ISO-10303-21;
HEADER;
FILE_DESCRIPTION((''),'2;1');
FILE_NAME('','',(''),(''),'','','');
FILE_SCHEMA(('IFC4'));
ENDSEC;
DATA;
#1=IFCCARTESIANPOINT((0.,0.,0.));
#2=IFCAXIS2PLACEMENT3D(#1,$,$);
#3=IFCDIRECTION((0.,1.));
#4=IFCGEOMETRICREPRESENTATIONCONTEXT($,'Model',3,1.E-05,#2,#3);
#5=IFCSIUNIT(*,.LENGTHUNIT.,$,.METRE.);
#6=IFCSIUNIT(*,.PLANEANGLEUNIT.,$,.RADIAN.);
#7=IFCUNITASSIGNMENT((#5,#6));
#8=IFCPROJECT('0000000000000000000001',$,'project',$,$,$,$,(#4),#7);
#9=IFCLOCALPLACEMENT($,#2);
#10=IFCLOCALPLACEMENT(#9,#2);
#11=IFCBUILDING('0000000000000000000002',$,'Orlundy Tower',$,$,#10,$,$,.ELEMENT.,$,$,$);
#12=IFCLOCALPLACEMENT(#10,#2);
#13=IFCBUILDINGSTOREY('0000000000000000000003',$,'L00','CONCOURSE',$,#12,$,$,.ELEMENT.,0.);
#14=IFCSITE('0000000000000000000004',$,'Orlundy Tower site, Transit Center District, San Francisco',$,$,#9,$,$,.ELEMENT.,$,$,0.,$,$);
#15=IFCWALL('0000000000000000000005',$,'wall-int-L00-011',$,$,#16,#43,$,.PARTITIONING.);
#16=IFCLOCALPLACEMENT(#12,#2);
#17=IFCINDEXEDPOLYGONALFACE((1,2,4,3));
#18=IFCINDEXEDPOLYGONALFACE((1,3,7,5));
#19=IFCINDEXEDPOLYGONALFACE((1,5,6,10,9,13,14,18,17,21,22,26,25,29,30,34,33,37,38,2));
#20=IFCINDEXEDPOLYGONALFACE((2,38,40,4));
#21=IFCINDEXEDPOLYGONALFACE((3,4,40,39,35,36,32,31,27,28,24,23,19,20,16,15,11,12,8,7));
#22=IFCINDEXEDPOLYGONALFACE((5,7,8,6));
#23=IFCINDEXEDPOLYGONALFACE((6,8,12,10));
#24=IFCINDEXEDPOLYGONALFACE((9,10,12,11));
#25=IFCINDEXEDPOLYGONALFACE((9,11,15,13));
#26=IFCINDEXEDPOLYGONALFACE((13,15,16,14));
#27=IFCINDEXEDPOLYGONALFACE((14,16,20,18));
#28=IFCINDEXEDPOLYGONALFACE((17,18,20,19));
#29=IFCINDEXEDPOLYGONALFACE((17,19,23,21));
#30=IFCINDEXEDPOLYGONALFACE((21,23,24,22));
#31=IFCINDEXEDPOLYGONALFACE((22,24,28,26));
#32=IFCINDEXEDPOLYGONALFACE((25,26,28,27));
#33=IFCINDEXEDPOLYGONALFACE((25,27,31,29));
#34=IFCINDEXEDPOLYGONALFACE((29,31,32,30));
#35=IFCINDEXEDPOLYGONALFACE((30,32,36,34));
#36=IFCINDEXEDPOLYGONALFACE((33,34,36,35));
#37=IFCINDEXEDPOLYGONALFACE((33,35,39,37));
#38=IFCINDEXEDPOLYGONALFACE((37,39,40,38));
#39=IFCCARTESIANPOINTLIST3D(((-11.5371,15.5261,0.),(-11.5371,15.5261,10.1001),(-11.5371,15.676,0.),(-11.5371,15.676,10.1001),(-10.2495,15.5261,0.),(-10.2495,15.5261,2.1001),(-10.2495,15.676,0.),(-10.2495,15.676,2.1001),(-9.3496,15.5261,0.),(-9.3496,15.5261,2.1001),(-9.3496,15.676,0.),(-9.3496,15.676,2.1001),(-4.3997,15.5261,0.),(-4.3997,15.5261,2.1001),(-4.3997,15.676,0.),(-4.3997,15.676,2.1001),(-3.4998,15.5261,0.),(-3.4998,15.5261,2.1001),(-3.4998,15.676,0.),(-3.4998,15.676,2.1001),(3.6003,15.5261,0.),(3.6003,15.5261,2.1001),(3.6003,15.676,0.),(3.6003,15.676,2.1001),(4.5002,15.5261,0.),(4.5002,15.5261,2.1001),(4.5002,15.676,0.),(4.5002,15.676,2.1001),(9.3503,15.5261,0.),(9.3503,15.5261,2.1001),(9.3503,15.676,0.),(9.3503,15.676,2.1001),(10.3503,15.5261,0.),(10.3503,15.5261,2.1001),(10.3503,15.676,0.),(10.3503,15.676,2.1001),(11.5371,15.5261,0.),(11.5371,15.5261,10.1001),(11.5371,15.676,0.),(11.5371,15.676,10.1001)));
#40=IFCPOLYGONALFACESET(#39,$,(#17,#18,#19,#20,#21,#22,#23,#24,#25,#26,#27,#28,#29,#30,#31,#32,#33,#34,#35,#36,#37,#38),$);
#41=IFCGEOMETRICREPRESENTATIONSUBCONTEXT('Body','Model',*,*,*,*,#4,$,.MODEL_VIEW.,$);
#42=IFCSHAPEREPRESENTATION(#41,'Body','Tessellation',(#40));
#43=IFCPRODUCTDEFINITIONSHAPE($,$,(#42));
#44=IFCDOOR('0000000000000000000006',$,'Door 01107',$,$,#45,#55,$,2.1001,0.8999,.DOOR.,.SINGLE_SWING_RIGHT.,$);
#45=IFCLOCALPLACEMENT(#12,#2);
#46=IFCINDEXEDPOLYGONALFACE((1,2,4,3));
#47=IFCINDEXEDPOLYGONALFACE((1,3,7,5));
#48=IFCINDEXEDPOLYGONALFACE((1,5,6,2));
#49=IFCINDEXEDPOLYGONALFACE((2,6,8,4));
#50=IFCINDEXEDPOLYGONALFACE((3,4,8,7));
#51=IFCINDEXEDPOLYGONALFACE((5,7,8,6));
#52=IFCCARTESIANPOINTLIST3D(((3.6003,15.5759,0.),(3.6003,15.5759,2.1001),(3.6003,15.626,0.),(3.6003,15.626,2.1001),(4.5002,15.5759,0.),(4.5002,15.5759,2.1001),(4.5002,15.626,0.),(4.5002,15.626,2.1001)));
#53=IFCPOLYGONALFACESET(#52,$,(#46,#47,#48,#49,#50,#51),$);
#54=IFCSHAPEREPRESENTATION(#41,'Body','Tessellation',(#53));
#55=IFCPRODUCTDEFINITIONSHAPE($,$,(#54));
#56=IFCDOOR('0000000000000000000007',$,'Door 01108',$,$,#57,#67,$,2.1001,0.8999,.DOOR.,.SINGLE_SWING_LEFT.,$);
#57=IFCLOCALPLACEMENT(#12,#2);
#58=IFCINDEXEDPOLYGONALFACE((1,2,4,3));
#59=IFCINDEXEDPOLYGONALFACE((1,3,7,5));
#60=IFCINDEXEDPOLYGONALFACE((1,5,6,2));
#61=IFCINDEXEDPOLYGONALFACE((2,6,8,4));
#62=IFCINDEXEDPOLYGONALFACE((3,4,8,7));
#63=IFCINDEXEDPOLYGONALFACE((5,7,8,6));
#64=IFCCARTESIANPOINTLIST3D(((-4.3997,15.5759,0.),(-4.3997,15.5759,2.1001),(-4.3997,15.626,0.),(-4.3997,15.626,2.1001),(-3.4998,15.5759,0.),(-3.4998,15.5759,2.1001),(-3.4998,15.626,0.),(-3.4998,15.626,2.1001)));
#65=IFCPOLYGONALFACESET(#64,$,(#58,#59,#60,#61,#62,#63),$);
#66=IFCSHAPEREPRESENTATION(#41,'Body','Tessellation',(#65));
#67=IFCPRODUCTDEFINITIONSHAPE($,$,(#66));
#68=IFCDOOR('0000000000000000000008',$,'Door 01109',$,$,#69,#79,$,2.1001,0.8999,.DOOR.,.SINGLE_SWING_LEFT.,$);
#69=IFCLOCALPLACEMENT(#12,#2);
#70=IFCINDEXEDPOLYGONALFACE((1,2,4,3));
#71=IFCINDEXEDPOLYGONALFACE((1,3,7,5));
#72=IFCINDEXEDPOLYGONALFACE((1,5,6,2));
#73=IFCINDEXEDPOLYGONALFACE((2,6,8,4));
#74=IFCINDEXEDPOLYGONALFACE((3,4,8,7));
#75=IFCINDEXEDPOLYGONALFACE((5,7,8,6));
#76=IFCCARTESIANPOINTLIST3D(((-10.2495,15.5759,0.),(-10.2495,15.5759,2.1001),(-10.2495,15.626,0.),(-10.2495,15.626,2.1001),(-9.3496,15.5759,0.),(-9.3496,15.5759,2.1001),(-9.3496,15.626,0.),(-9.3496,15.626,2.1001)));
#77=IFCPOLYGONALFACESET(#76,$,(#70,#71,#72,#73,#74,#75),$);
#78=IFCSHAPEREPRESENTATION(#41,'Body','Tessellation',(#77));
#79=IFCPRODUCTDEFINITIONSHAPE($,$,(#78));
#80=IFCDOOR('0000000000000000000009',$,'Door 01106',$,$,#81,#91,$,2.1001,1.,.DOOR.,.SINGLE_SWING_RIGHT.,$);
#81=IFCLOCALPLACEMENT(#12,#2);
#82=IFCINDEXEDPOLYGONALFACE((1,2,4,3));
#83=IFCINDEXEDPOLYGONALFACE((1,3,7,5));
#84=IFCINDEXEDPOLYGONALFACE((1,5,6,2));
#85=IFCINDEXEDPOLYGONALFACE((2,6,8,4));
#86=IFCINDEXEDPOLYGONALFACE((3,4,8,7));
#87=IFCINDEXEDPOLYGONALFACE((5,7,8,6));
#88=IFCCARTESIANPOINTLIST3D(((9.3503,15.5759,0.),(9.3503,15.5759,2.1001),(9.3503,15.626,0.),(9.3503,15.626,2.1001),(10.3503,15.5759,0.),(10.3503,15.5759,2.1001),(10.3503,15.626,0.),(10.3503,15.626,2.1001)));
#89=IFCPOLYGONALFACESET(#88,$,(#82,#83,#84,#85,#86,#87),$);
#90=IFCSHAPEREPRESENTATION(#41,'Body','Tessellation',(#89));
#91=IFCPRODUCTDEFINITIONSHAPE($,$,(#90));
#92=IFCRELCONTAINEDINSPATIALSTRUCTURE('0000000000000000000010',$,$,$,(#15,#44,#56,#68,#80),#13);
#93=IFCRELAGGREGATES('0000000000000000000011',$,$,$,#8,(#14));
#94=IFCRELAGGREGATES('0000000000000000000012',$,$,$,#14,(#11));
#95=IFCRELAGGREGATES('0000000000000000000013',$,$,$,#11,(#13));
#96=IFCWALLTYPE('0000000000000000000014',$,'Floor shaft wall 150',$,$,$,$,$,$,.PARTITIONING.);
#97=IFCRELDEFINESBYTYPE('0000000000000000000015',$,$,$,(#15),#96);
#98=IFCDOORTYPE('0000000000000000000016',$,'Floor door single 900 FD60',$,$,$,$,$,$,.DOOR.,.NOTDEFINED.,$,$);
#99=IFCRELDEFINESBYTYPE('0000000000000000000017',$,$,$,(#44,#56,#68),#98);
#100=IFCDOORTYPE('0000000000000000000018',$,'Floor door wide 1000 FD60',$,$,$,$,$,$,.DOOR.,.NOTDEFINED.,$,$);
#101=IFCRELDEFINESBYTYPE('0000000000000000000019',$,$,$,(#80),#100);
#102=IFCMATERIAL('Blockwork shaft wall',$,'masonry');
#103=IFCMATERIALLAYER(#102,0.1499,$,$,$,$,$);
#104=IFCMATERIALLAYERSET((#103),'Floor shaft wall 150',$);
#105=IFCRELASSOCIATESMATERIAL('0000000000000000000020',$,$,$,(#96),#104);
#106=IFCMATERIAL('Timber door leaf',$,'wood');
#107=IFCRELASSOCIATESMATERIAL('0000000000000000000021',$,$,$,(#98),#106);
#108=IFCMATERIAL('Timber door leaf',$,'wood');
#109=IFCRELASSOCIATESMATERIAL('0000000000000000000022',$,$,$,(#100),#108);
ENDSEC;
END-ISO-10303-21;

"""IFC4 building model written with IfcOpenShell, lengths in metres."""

from ifc_helpers import new_model, si_unit, direction, frame, frame_2d, origin, place, context, subcontext, project, spatial, rectangle, extrude, material, layer, layer_set, type_object, element, fill, save


model = new_model("IFC4")

# Units and contexts
model_context = context("Model", 3, precision=1e-05, world=origin(), true_north=direction((0.0, 1.0)))
body_context = subcontext(model_context, "Body", "Model", "MODEL_VIEW")
ifc_project = project(units=[si_unit("LENGTHUNIT", "METRE"), si_unit("PLANEANGLEUNIT", "RADIAN")], contexts=[model_context])

# Site, building, storey
site_placement = place(None, origin())
site = spatial("IfcSite", under=ifc_project, at=site_placement, Name="Orlundy Tower site, Transit Center District, San Francisco", CompositionType="ELEMENT", RefElevation=0.0)
building_placement = place(site_placement, origin())
building = spatial("IfcBuilding", under=site, at=building_placement, Name="Orlundy Tower", CompositionType="ELEMENT")
storey_placement = place(building_placement, origin())
storey = spatial("IfcBuildingStorey", under=building, at=storey_placement, Name="L00", Description="CONCOURSE", CompositionType="ELEMENT", Elevation=0.0)

# Wall, openings, doors
ifc_material_1 = material(Name="Blockwork shaft wall", Category="masonry")
ifc_layer_1 = layer(ifc_material_1, 0.1499)
ifc_layer_set_1 = layer_set([ifc_layer_1], Name="Floor shaft wall 150")
wall_type_1 = type_object("IfcWallType", Name="Floor shaft wall 150", PredefinedType="PARTITIONING", material=ifc_layer_set_1)
wall_1_placement = place(storey_placement, frame((-11.5371, 15.6011, 0.0), z_axis=(0.0, 0.0, 1.0), x_axis=(1.0, 0.0, 0.0)))
wall_1 = element("IfcWall", 1, at=wall_1_placement, inside=storey, type_object=wall_type_1, Name="wall-int-L00-011", PredefinedType="PARTITIONING", context=body_context, shape_type="SweptSolid", body=[
    extrude(rectangle(XDim=23.0742, YDim=0.1499, at=frame_2d((11.5371, 0.0))), origin(), (0.0, 0.0, 1.0), 10.1001),
])
opening_1_placement = place(wall_1_placement, frame((20.8875, 0.0, 0.0)))
opening_1 = element("IfcOpeningElement", 2, at=opening_1_placement, cuts=wall_1, PredefinedType="OPENING", context=body_context, shape_type="SweptSolid", body=[
    extrude(rectangle(XDim=1.0, YDim=2.1001, at=frame_2d((0.5, 1.05))), frame((0.0, 0.085, 0.0), z_axis=(0.0, -1.0, 0.0), x_axis=(1.0, 0.0, 0.0)), (0.0, 0.0, 1.0), 0.1699),
])
opening_2_placement = place(wall_1_placement, frame((15.1375, 0.0, 0.0)))
opening_2 = element("IfcOpeningElement", 3, at=opening_2_placement, cuts=wall_1, PredefinedType="OPENING", context=body_context, shape_type="SweptSolid", body=[
    extrude(rectangle(XDim=0.8999, YDim=2.1001, at=frame_2d((0.45, 1.05))), frame((0.0, 0.085, 0.0), z_axis=(0.0, -1.0, 0.0), x_axis=(1.0, 0.0, 0.0)), (0.0, 0.0, 1.0), 0.1699),
])
opening_3_placement = place(wall_1_placement, frame((7.1375, 0.0, 0.0)))
opening_3 = element("IfcOpeningElement", 4, at=opening_3_placement, cuts=wall_1, PredefinedType="OPENING", context=body_context, shape_type="SweptSolid", body=[
    extrude(rectangle(XDim=0.8999, YDim=2.1001, at=frame_2d((0.45, 1.05))), frame((0.0, 0.085, 0.0), z_axis=(0.0, -1.0, 0.0), x_axis=(1.0, 0.0, 0.0)), (0.0, 0.0, 1.0), 0.1699),
])
opening_4_placement = place(wall_1_placement, frame((1.2876, 0.0, 0.0)))
opening_4 = element("IfcOpeningElement", 5, at=opening_4_placement, cuts=wall_1, PredefinedType="OPENING", context=body_context, shape_type="SweptSolid", body=[
    extrude(rectangle(XDim=0.8999, YDim=2.1001, at=frame_2d((0.45, 1.05))), frame((0.0, 0.085, 0.0), z_axis=(0.0, -1.0, 0.0), x_axis=(1.0, 0.0, 0.0)), (0.0, 0.0, 1.0), 0.1699),
])
ifc_material_2 = material(Name="Timber door leaf", Category="wood")
door_type_1 = type_object("IfcDoorType", Name="Floor door single 900 FD60", OperationType="NOTDEFINED", PredefinedType="DOOR", material=ifc_material_2)
door_1_placement = place(opening_2_placement, origin())
door_1 = element("IfcDoor", 6, at=door_1_placement, inside=storey, type_object=door_type_1, Name="Door 01107", OperationType="SINGLE_SWING_RIGHT", OverallHeight=2.1001, OverallWidth=0.8999, PredefinedType="DOOR", context=body_context, shape_type="SweptSolid", body=[
    extrude(rectangle(XDim=0.8999, YDim=2.1001, at=frame_2d((0.45, 1.05))), frame((0.0, 0.0249, 0.0), z_axis=(0.0, -1.0, 0.0), x_axis=(1.0, 0.0, 0.0)), (0.0, 0.0, 1.0), 0.05),
])
fill(opening_2, door_1)
door_2_placement = place(opening_3_placement, origin())
door_2 = element("IfcDoor", 7, at=door_2_placement, inside=storey, type_object=door_type_1, Name="Door 01108", OperationType="SINGLE_SWING_LEFT", OverallHeight=2.1001, OverallWidth=0.8999, PredefinedType="DOOR", context=body_context, shape_type="SweptSolid", body=[
    extrude(rectangle(XDim=0.8999, YDim=2.1001, at=frame_2d((0.45, 1.05))), frame((0.0, 0.0249, 0.0), z_axis=(0.0, -1.0, 0.0), x_axis=(1.0, 0.0, 0.0)), (0.0, 0.0, 1.0), 0.05),
])
fill(opening_3, door_2)
door_3_placement = place(opening_4_placement, origin())
door_3 = element("IfcDoor", 8, at=door_3_placement, inside=storey, type_object=door_type_1, Name="Door 01109", OperationType="SINGLE_SWING_LEFT", OverallHeight=2.1001, OverallWidth=0.8999, PredefinedType="DOOR", context=body_context, shape_type="SweptSolid", body=[
    extrude(rectangle(XDim=0.8999, YDim=2.1001, at=frame_2d((0.45, 1.05))), frame((0.0, 0.0249, 0.0), z_axis=(0.0, -1.0, 0.0), x_axis=(1.0, 0.0, 0.0)), (0.0, 0.0, 1.0), 0.05),
])
fill(opening_4, door_3)
ifc_material_3 = material(Name="Timber door leaf", Category="wood")
door_type_2 = type_object("IfcDoorType", Name="Floor door wide 1000 FD60", OperationType="NOTDEFINED", PredefinedType="DOOR", material=ifc_material_3)
door_4_placement = place(opening_1_placement, origin())
door_4 = element("IfcDoor", 9, at=door_4_placement, inside=storey, type_object=door_type_2, Name="Door 01106", OperationType="SINGLE_SWING_RIGHT", OverallHeight=2.1001, OverallWidth=1.0, PredefinedType="DOOR", context=body_context, shape_type="SweptSolid", body=[
    extrude(rectangle(XDim=1.0, YDim=2.1001, at=frame_2d((0.5, 1.05))), frame((0.0, 0.0249, 0.0), z_axis=(0.0, -1.0, 0.0), x_axis=(1.0, 0.0, 0.0)), (0.0, 0.0, 1.0), 0.05),
])
fill(opening_1, door_4)

save(model, "model.ifc")
